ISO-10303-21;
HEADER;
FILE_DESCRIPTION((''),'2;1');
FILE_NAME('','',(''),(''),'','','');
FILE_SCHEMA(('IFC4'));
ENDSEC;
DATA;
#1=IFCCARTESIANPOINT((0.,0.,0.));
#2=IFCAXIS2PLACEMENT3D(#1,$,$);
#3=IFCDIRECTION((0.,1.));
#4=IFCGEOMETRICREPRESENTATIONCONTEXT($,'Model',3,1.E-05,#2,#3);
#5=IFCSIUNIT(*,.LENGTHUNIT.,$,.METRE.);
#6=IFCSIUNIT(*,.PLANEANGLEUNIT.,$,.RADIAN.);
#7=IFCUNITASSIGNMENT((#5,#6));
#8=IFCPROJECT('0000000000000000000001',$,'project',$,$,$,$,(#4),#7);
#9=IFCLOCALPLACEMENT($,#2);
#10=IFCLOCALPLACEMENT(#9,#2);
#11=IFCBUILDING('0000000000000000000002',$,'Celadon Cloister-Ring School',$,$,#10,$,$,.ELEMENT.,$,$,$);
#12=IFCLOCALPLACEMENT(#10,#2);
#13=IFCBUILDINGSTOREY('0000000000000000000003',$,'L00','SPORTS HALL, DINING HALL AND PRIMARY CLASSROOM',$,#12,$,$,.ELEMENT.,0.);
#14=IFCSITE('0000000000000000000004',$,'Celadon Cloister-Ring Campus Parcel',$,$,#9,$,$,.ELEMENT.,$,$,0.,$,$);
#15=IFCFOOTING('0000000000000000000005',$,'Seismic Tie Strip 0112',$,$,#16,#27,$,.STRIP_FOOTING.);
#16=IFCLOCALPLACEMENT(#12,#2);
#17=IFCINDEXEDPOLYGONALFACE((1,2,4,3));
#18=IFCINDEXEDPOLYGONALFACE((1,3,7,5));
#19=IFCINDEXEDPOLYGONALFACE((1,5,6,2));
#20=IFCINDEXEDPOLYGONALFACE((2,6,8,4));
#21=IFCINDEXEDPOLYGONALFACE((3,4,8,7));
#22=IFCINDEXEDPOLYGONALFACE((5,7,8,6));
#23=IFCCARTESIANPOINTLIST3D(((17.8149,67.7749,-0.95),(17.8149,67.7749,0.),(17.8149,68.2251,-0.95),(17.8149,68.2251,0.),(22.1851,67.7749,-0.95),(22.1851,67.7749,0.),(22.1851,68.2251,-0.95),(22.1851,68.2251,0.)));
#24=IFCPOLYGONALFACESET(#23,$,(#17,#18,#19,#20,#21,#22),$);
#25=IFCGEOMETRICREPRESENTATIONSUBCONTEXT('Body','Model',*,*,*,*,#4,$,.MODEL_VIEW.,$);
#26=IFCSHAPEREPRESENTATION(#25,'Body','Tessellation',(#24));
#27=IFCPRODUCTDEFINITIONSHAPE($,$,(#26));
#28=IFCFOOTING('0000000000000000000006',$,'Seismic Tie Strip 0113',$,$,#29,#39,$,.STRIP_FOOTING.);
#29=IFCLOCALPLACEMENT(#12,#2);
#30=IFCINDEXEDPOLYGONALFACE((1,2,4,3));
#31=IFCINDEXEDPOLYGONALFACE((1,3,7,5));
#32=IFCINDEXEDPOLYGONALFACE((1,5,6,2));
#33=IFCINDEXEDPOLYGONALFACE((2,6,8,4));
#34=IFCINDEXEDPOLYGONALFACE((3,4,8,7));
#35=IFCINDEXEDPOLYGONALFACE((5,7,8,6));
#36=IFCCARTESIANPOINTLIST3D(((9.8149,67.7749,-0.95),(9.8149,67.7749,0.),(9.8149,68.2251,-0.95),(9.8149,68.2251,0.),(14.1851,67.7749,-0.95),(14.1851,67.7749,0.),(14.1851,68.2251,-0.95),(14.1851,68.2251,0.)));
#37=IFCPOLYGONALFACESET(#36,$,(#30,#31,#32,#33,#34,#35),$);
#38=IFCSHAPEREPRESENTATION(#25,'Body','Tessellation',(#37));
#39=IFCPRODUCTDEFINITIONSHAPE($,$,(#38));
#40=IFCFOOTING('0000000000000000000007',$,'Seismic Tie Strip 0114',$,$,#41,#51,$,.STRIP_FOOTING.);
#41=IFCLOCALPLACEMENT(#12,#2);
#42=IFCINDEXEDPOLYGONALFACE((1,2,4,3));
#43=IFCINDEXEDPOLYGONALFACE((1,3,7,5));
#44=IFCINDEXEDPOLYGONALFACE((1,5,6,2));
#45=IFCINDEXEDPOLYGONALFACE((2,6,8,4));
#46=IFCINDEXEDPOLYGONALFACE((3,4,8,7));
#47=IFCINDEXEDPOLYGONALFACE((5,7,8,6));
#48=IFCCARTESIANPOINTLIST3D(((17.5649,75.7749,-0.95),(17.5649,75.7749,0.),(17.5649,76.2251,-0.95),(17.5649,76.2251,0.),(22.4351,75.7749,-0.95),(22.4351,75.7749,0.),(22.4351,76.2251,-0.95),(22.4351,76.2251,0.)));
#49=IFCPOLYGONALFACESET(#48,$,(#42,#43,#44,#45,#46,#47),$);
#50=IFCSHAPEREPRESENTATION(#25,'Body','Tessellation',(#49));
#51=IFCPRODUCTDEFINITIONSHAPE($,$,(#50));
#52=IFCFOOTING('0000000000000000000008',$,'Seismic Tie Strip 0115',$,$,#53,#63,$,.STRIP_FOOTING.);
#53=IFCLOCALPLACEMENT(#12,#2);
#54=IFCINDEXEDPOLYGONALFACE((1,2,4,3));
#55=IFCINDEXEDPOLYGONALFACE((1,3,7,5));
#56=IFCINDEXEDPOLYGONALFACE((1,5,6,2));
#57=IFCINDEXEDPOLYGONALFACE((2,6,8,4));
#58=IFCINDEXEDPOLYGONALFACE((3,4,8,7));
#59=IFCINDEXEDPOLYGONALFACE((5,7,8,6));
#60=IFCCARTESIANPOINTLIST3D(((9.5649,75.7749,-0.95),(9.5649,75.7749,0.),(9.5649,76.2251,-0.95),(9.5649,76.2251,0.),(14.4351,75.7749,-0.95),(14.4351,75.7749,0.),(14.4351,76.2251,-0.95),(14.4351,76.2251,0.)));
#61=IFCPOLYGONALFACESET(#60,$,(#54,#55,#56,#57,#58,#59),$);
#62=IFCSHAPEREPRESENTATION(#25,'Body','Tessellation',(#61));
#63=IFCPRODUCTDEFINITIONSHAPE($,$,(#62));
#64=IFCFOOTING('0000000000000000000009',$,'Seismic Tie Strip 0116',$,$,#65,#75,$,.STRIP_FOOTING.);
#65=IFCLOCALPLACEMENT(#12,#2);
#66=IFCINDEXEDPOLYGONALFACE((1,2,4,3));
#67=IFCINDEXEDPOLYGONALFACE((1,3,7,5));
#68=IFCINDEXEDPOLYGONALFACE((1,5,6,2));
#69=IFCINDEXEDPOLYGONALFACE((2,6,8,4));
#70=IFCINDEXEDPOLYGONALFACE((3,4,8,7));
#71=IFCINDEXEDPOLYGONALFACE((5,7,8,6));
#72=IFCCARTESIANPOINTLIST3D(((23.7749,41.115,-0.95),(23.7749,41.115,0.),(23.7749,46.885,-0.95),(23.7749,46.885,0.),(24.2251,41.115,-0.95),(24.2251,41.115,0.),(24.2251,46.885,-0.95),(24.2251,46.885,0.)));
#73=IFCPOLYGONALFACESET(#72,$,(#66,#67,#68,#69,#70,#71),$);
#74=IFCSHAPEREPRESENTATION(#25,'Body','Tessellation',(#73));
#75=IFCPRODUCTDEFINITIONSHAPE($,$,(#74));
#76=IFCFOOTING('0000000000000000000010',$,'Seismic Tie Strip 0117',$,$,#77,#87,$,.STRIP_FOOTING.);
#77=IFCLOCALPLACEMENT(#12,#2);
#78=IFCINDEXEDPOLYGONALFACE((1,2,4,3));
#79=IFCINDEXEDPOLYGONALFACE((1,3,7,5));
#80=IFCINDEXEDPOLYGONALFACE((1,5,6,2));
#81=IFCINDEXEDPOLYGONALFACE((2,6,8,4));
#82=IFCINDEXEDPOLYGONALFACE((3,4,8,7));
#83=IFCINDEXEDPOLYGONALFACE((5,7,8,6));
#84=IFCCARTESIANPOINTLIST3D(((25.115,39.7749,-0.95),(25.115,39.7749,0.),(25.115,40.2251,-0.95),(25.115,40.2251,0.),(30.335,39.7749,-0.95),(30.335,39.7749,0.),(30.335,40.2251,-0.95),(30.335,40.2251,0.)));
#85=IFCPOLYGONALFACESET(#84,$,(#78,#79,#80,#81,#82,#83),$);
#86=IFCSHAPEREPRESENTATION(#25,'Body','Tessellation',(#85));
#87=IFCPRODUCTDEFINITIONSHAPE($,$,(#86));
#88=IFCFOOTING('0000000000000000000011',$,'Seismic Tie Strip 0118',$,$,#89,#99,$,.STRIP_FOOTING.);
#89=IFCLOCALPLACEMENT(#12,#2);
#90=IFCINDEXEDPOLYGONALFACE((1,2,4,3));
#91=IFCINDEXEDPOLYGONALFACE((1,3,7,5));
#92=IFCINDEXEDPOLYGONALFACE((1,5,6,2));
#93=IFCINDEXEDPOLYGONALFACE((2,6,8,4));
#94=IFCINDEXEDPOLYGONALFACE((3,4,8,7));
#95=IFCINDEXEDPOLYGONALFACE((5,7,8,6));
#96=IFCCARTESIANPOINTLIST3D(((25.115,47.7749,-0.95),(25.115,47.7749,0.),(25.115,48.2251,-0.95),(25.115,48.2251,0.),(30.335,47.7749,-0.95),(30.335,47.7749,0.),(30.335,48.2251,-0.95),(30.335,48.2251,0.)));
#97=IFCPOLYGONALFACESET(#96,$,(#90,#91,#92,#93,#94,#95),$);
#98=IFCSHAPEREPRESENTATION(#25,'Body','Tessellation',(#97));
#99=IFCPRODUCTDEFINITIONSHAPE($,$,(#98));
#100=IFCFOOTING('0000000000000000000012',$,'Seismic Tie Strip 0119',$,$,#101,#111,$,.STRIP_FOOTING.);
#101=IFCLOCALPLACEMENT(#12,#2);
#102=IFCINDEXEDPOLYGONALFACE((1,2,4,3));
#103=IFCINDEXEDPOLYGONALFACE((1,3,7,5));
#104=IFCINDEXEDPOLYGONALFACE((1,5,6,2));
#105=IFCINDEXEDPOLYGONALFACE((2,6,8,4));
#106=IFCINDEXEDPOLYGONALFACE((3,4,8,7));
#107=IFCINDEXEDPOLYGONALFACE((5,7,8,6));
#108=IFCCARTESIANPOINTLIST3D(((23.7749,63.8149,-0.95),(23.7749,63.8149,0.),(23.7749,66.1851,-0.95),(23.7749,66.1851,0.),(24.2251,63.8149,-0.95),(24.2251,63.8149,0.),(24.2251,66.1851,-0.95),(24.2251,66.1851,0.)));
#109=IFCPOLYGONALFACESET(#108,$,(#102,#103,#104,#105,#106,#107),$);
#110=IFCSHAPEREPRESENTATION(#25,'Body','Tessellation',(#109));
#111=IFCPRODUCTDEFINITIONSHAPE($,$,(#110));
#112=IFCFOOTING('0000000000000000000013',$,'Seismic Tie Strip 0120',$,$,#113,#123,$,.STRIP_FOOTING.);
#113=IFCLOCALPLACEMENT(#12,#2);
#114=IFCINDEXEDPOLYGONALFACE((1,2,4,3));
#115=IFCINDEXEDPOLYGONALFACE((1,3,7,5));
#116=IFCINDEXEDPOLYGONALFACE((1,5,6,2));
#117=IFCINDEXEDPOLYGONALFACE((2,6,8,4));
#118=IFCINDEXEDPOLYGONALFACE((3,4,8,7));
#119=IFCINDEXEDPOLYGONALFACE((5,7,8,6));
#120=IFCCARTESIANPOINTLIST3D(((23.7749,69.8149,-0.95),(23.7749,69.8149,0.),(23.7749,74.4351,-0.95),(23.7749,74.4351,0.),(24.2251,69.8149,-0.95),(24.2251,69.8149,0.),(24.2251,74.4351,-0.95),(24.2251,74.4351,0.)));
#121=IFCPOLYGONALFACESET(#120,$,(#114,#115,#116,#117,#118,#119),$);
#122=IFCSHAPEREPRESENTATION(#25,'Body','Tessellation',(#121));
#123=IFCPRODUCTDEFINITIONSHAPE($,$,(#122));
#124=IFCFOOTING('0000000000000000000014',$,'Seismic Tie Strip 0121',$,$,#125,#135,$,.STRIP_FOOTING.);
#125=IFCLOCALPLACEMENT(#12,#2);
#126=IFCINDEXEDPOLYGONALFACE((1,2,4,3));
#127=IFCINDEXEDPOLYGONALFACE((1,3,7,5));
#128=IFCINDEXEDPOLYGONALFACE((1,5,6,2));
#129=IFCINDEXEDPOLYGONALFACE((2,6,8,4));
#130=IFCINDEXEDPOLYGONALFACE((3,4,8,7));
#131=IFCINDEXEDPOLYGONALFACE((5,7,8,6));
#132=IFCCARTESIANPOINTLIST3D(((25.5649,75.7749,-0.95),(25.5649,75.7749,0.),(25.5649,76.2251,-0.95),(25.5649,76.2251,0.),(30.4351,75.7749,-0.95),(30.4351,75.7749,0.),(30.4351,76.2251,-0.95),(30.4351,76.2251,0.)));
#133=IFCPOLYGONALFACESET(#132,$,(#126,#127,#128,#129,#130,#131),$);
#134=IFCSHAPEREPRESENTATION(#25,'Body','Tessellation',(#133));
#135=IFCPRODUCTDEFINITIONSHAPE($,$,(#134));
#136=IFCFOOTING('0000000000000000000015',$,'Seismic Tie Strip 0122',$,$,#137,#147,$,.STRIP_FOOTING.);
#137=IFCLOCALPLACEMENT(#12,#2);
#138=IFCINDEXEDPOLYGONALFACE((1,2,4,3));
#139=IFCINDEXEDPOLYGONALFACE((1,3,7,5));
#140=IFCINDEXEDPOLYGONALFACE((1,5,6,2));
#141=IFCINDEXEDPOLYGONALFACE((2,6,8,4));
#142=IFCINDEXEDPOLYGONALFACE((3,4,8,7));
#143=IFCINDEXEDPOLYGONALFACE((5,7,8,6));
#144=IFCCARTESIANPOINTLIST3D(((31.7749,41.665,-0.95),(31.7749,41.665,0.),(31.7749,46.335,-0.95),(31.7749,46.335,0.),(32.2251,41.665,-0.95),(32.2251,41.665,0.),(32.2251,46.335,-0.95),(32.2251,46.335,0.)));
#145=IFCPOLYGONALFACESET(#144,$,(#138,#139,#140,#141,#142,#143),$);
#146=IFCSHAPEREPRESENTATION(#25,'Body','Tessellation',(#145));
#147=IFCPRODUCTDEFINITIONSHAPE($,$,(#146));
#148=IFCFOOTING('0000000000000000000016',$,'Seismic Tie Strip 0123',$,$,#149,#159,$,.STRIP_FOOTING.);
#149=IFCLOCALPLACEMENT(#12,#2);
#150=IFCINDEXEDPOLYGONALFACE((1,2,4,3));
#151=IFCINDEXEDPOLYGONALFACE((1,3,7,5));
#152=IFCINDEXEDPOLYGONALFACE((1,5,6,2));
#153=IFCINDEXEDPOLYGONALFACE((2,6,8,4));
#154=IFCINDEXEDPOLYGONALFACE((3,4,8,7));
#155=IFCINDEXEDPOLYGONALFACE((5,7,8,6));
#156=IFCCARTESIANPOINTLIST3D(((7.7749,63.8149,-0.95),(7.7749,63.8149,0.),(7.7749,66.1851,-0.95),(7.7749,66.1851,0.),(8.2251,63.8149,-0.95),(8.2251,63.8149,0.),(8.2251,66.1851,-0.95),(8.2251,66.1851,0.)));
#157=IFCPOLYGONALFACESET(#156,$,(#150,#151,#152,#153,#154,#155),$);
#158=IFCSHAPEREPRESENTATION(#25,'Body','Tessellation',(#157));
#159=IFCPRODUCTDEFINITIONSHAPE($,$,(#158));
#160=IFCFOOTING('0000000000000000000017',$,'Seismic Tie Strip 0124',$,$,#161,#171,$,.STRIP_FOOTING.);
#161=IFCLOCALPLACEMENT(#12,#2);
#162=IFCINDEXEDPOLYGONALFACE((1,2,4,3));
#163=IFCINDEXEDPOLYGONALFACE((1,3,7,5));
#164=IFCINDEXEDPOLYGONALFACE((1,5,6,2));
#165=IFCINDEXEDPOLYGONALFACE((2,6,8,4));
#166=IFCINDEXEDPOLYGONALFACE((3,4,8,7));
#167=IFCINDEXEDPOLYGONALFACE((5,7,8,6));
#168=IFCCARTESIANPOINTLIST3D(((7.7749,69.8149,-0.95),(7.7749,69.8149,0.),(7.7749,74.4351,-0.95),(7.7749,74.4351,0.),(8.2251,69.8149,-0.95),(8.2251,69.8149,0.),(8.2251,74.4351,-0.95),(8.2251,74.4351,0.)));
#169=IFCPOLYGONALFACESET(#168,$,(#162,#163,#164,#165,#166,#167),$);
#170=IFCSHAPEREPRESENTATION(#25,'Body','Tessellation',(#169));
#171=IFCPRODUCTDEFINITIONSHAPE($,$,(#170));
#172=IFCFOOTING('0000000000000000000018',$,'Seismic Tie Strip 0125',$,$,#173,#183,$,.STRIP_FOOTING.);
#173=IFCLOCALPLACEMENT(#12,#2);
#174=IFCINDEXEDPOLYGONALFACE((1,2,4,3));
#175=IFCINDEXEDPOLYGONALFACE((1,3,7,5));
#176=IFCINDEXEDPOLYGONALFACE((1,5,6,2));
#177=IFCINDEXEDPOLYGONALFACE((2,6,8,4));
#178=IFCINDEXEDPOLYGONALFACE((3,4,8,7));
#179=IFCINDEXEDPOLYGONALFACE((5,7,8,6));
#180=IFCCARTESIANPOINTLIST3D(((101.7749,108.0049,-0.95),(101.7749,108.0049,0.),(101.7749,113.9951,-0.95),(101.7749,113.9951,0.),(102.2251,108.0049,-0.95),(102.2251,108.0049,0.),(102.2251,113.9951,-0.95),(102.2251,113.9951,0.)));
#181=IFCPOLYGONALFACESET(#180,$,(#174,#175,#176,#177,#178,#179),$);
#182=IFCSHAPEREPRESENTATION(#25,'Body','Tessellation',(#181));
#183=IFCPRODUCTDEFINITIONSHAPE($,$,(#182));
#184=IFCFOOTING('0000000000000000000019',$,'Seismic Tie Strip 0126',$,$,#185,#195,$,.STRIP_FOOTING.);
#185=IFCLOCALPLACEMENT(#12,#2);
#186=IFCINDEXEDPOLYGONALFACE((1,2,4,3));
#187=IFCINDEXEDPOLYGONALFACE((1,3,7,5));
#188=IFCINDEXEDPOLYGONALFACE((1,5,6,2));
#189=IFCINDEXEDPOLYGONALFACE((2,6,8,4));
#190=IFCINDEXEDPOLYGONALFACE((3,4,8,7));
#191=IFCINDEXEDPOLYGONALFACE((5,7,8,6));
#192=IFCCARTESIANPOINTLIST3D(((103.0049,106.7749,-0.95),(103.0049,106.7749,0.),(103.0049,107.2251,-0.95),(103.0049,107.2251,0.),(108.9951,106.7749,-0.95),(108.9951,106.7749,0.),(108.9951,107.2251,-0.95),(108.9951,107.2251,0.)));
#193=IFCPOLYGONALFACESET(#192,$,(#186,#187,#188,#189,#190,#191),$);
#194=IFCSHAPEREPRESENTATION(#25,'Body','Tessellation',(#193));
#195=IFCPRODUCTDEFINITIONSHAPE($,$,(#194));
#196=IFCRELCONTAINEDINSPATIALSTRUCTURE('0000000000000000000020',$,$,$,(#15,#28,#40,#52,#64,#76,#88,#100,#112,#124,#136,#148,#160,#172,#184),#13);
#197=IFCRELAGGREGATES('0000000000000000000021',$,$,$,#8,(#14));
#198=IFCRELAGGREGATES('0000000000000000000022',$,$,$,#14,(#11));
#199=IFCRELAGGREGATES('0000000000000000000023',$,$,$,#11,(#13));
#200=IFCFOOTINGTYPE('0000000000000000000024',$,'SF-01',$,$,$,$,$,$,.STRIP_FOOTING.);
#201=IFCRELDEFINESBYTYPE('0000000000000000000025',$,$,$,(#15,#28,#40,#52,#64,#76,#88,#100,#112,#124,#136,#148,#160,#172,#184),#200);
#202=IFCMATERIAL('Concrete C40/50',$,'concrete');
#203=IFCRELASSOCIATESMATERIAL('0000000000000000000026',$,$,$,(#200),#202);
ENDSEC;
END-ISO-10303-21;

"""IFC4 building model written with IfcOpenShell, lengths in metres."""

from ifc_helpers import new_model, si_unit, direction, frame, origin, place, context, subcontext, project, spatial, polyline, outline, extrude, material, type_object, element, save


model = new_model("IFC4")

# Units and contexts
model_context = context("Model", 3, precision=1e-05, world=origin(), true_north=direction((0.0, 1.0)))
body_context = subcontext(model_context, "Body", "Model", "MODEL_VIEW")
ifc_project = project(units=[si_unit("LENGTHUNIT", "METRE"), si_unit("PLANEANGLEUNIT", "RADIAN")], contexts=[model_context])

# Site, building, storey
site_placement = place(None, origin())
site = spatial("IfcSite", under=ifc_project, at=site_placement, Name="Celadon Cloister-Ring Campus Parcel", CompositionType="ELEMENT", RefElevation=0.0)
building_placement = place(site_placement, origin())
building = spatial("IfcBuilding", under=site, at=building_placement, Name="Celadon Cloister-Ring School", CompositionType="ELEMENT")
storey_placement = place(building_placement, origin())
storey = spatial("IfcBuildingStorey", under=building, at=storey_placement, Name="L00", Description="SPORTS HALL, DINING HALL AND PRIMARY CLASSROOM", CompositionType="ELEMENT", Elevation=0.0)

# Footings
ifc_material = material(Name="Concrete C40/50", Category="concrete")
footing_type = type_object("IfcFootingType", Name="SF-01", PredefinedType="STRIP_FOOTING", material=ifc_material)
footing_1_placement = place(storey_placement, frame((0.0, 0.0, -0.95)))
element("IfcFooting", 1, at=footing_1_placement, inside=storey, type_object=footing_type, Name="Seismic Tie Strip 0112", PredefinedType="STRIP_FOOTING", context=body_context, shape_type="SweptSolid", body=[
    extrude(outline(polyline([(17.8149, 67.7749), (22.1851, 67.7749), (22.1851, 68.2251), (17.8149, 68.2251), (17.8149, 67.7749)])), origin(), (0.0, 0.0, 1.0), 0.95),
])
footing_2_placement = place(storey_placement, frame((0.0, 0.0, -0.95)))
element("IfcFooting", 2, at=footing_2_placement, inside=storey, type_object=footing_type, Name="Seismic Tie Strip 0113", PredefinedType="STRIP_FOOTING", context=body_context, shape_type="SweptSolid", body=[
    extrude(outline(polyline([(14.1851, 68.2251), (9.8149, 68.2251), (9.8149, 67.7749), (14.1851, 67.7749), (14.1851, 68.2251)])), origin(), (0.0, 0.0, 1.0), 0.95),
])
footing_3_placement = place(storey_placement, frame((0.0, 0.0, -0.95)))
element("IfcFooting", 3, at=footing_3_placement, inside=storey, type_object=footing_type, Name="Seismic Tie Strip 0114", PredefinedType="STRIP_FOOTING", context=body_context, shape_type="SweptSolid", body=[
    extrude(outline(polyline([(17.5649, 75.7749), (22.4351, 75.7749), (22.4351, 76.2251), (17.5649, 76.2251), (17.5649, 75.7749)])), origin(), (0.0, 0.0, 1.0), 0.95),
])
footing_4_placement = place(storey_placement, frame((0.0, 0.0, -0.95)))
element("IfcFooting", 4, at=footing_4_placement, inside=storey, type_object=footing_type, Name="Seismic Tie Strip 0115", PredefinedType="STRIP_FOOTING", context=body_context, shape_type="SweptSolid", body=[
    extrude(outline(polyline([(14.4351, 76.2251), (9.5649, 76.2251), (9.5649, 75.7749), (14.4351, 75.7749), (14.4351, 76.2251)])), origin(), (0.0, 0.0, 1.0), 0.95),
])
footing_5_placement = place(storey_placement, frame((0.0, 0.0, -0.95)))
element("IfcFooting", 5, at=footing_5_placement, inside=storey, type_object=footing_type, Name="Seismic Tie Strip 0116", PredefinedType="STRIP_FOOTING", context=body_context, shape_type="SweptSolid", body=[
    extrude(outline(polyline([(24.2251, 41.115), (24.2251, 46.885), (23.7749, 46.885), (23.7749, 41.115), (24.2251, 41.115)])), origin(), (0.0, 0.0, 1.0), 0.95),
])
footing_6_placement = place(storey_placement, frame((0.0, 0.0, -0.95)))
element("IfcFooting", 6, at=footing_6_placement, inside=storey, type_object=footing_type, Name="Seismic Tie Strip 0117", PredefinedType="STRIP_FOOTING", context=body_context, shape_type="SweptSolid", body=[
    extrude(outline(polyline([(25.115, 39.7749), (30.335, 39.7749), (30.335, 40.2251), (25.115, 40.2251), (25.115, 39.7749)])), origin(), (0.0, 0.0, 1.0), 0.95),
])
footing_7_placement = place(storey_placement, frame((0.0, 0.0, -0.95)))
element("IfcFooting", 7, at=footing_7_placement, inside=storey, type_object=footing_type, Name="Seismic Tie Strip 0118", PredefinedType="STRIP_FOOTING", context=body_context, shape_type="SweptSolid", body=[
    extrude(outline(polyline([(25.115, 47.7749), (30.335, 47.7749), (30.335, 48.2251), (25.115, 48.2251), (25.115, 47.7749)])), origin(), (0.0, 0.0, 1.0), 0.95),
])
footing_8_placement = place(storey_placement, frame((0.0, 0.0, -0.95)))
element("IfcFooting", 8, at=footing_8_placement, inside=storey, type_object=footing_type, Name="Seismic Tie Strip 0119", PredefinedType="STRIP_FOOTING", context=body_context, shape_type="SweptSolid", body=[
    extrude(outline(polyline([(24.2251, 63.8149), (24.2251, 66.1851), (23.7749, 66.1851), (23.7749, 63.8149), (24.2251, 63.8149)])), origin(), (0.0, 0.0, 1.0), 0.95),
])
footing_9_placement = place(storey_placement, frame((0.0, 0.0, -0.95)))
element("IfcFooting", 9, at=footing_9_placement, inside=storey, type_object=footing_type, Name="Seismic Tie Strip 0120", PredefinedType="STRIP_FOOTING", context=body_context, shape_type="SweptSolid", body=[
    extrude(outline(polyline([(24.2251, 69.8149), (24.2251, 74.4351), (23.7749, 74.4351), (23.7749, 69.8149), (24.2251, 69.8149)])), origin(), (0.0, 0.0, 1.0), 0.95),
])
footing_10_placement = place(storey_placement, frame((0.0, 0.0, -0.95)))
element("IfcFooting", 10, at=footing_10_placement, inside=storey, type_object=footing_type, Name="Seismic Tie Strip 0121", PredefinedType="STRIP_FOOTING", context=body_context, shape_type="SweptSolid", body=[
    extrude(outline(polyline([(25.5649, 75.7749), (30.4351, 75.7749), (30.4351, 76.2251), (25.5649, 76.2251), (25.5649, 75.7749)])), origin(), (0.0, 0.0, 1.0), 0.95),
])
footing_11_placement = place(storey_placement, frame((0.0, 0.0, -0.95)))
element("IfcFooting", 11, at=footing_11_placement, inside=storey, type_object=footing_type, Name="Seismic Tie Strip 0122", PredefinedType="STRIP_FOOTING", context=body_context, shape_type="SweptSolid", body=[
    extrude(outline(polyline([(32.2251, 41.665), (32.2251, 46.335), (31.7749, 46.335), (31.7749, 41.665), (32.2251, 41.665)])), origin(), (0.0, 0.0, 1.0), 0.95),
])
footing_12_placement = place(storey_placement, frame((0.0, 0.0, -0.95)))
element("IfcFooting", 12, at=footing_12_placement, inside=storey, type_object=footing_type, Name="Seismic Tie Strip 0123", PredefinedType="STRIP_FOOTING", context=body_context, shape_type="SweptSolid", body=[
    extrude(outline(polyline([(8.2251, 63.8149), (8.2251, 66.1851), (7.7749, 66.1851), (7.7749, 63.8149), (8.2251, 63.8149)])), origin(), (0.0, 0.0, 1.0), 0.95),
])
footing_13_placement = place(storey_placement, frame((0.0, 0.0, -0.95)))
element("IfcFooting", 13, at=footing_13_placement, inside=storey, type_object=footing_type, Name="Seismic Tie Strip 0124", PredefinedType="STRIP_FOOTING", context=body_context, shape_type="SweptSolid", body=[
    extrude(outline(polyline([(8.2251, 69.8149), (8.2251, 74.4351), (7.7749, 74.4351), (7.7749, 69.8149), (8.2251, 69.8149)])), origin(), (0.0, 0.0, 1.0), 0.95),
])
footing_14_placement = place(storey_placement, frame((0.0, 0.0, -0.95)))
element("IfcFooting", 14, at=footing_14_placement, inside=storey, type_object=footing_type, Name="Seismic Tie Strip 0125", PredefinedType="STRIP_FOOTING", context=body_context, shape_type="SweptSolid", body=[
    extrude(outline(polyline([(102.2251, 108.0049), (102.2251, 113.9951), (101.7749, 113.9951), (101.7749, 108.0049), (102.2251, 108.0049)])), origin(), (0.0, 0.0, 1.0), 0.95),
])
footing_15_placement = place(storey_placement, frame((0.0, 0.0, -0.95)))
element("IfcFooting", 15, at=footing_15_placement, inside=storey, type_object=footing_type, Name="Seismic Tie Strip 0126", PredefinedType="STRIP_FOOTING", context=body_context, shape_type="SweptSolid", body=[
    extrude(outline(polyline([(103.0049, 106.7749), (108.9951, 106.7749), (108.9951, 107.2251), (103.0049, 107.2251), (103.0049, 106.7749)])), origin(), (0.0, 0.0, 1.0), 0.95),
])

save(model, "model.ifc")
